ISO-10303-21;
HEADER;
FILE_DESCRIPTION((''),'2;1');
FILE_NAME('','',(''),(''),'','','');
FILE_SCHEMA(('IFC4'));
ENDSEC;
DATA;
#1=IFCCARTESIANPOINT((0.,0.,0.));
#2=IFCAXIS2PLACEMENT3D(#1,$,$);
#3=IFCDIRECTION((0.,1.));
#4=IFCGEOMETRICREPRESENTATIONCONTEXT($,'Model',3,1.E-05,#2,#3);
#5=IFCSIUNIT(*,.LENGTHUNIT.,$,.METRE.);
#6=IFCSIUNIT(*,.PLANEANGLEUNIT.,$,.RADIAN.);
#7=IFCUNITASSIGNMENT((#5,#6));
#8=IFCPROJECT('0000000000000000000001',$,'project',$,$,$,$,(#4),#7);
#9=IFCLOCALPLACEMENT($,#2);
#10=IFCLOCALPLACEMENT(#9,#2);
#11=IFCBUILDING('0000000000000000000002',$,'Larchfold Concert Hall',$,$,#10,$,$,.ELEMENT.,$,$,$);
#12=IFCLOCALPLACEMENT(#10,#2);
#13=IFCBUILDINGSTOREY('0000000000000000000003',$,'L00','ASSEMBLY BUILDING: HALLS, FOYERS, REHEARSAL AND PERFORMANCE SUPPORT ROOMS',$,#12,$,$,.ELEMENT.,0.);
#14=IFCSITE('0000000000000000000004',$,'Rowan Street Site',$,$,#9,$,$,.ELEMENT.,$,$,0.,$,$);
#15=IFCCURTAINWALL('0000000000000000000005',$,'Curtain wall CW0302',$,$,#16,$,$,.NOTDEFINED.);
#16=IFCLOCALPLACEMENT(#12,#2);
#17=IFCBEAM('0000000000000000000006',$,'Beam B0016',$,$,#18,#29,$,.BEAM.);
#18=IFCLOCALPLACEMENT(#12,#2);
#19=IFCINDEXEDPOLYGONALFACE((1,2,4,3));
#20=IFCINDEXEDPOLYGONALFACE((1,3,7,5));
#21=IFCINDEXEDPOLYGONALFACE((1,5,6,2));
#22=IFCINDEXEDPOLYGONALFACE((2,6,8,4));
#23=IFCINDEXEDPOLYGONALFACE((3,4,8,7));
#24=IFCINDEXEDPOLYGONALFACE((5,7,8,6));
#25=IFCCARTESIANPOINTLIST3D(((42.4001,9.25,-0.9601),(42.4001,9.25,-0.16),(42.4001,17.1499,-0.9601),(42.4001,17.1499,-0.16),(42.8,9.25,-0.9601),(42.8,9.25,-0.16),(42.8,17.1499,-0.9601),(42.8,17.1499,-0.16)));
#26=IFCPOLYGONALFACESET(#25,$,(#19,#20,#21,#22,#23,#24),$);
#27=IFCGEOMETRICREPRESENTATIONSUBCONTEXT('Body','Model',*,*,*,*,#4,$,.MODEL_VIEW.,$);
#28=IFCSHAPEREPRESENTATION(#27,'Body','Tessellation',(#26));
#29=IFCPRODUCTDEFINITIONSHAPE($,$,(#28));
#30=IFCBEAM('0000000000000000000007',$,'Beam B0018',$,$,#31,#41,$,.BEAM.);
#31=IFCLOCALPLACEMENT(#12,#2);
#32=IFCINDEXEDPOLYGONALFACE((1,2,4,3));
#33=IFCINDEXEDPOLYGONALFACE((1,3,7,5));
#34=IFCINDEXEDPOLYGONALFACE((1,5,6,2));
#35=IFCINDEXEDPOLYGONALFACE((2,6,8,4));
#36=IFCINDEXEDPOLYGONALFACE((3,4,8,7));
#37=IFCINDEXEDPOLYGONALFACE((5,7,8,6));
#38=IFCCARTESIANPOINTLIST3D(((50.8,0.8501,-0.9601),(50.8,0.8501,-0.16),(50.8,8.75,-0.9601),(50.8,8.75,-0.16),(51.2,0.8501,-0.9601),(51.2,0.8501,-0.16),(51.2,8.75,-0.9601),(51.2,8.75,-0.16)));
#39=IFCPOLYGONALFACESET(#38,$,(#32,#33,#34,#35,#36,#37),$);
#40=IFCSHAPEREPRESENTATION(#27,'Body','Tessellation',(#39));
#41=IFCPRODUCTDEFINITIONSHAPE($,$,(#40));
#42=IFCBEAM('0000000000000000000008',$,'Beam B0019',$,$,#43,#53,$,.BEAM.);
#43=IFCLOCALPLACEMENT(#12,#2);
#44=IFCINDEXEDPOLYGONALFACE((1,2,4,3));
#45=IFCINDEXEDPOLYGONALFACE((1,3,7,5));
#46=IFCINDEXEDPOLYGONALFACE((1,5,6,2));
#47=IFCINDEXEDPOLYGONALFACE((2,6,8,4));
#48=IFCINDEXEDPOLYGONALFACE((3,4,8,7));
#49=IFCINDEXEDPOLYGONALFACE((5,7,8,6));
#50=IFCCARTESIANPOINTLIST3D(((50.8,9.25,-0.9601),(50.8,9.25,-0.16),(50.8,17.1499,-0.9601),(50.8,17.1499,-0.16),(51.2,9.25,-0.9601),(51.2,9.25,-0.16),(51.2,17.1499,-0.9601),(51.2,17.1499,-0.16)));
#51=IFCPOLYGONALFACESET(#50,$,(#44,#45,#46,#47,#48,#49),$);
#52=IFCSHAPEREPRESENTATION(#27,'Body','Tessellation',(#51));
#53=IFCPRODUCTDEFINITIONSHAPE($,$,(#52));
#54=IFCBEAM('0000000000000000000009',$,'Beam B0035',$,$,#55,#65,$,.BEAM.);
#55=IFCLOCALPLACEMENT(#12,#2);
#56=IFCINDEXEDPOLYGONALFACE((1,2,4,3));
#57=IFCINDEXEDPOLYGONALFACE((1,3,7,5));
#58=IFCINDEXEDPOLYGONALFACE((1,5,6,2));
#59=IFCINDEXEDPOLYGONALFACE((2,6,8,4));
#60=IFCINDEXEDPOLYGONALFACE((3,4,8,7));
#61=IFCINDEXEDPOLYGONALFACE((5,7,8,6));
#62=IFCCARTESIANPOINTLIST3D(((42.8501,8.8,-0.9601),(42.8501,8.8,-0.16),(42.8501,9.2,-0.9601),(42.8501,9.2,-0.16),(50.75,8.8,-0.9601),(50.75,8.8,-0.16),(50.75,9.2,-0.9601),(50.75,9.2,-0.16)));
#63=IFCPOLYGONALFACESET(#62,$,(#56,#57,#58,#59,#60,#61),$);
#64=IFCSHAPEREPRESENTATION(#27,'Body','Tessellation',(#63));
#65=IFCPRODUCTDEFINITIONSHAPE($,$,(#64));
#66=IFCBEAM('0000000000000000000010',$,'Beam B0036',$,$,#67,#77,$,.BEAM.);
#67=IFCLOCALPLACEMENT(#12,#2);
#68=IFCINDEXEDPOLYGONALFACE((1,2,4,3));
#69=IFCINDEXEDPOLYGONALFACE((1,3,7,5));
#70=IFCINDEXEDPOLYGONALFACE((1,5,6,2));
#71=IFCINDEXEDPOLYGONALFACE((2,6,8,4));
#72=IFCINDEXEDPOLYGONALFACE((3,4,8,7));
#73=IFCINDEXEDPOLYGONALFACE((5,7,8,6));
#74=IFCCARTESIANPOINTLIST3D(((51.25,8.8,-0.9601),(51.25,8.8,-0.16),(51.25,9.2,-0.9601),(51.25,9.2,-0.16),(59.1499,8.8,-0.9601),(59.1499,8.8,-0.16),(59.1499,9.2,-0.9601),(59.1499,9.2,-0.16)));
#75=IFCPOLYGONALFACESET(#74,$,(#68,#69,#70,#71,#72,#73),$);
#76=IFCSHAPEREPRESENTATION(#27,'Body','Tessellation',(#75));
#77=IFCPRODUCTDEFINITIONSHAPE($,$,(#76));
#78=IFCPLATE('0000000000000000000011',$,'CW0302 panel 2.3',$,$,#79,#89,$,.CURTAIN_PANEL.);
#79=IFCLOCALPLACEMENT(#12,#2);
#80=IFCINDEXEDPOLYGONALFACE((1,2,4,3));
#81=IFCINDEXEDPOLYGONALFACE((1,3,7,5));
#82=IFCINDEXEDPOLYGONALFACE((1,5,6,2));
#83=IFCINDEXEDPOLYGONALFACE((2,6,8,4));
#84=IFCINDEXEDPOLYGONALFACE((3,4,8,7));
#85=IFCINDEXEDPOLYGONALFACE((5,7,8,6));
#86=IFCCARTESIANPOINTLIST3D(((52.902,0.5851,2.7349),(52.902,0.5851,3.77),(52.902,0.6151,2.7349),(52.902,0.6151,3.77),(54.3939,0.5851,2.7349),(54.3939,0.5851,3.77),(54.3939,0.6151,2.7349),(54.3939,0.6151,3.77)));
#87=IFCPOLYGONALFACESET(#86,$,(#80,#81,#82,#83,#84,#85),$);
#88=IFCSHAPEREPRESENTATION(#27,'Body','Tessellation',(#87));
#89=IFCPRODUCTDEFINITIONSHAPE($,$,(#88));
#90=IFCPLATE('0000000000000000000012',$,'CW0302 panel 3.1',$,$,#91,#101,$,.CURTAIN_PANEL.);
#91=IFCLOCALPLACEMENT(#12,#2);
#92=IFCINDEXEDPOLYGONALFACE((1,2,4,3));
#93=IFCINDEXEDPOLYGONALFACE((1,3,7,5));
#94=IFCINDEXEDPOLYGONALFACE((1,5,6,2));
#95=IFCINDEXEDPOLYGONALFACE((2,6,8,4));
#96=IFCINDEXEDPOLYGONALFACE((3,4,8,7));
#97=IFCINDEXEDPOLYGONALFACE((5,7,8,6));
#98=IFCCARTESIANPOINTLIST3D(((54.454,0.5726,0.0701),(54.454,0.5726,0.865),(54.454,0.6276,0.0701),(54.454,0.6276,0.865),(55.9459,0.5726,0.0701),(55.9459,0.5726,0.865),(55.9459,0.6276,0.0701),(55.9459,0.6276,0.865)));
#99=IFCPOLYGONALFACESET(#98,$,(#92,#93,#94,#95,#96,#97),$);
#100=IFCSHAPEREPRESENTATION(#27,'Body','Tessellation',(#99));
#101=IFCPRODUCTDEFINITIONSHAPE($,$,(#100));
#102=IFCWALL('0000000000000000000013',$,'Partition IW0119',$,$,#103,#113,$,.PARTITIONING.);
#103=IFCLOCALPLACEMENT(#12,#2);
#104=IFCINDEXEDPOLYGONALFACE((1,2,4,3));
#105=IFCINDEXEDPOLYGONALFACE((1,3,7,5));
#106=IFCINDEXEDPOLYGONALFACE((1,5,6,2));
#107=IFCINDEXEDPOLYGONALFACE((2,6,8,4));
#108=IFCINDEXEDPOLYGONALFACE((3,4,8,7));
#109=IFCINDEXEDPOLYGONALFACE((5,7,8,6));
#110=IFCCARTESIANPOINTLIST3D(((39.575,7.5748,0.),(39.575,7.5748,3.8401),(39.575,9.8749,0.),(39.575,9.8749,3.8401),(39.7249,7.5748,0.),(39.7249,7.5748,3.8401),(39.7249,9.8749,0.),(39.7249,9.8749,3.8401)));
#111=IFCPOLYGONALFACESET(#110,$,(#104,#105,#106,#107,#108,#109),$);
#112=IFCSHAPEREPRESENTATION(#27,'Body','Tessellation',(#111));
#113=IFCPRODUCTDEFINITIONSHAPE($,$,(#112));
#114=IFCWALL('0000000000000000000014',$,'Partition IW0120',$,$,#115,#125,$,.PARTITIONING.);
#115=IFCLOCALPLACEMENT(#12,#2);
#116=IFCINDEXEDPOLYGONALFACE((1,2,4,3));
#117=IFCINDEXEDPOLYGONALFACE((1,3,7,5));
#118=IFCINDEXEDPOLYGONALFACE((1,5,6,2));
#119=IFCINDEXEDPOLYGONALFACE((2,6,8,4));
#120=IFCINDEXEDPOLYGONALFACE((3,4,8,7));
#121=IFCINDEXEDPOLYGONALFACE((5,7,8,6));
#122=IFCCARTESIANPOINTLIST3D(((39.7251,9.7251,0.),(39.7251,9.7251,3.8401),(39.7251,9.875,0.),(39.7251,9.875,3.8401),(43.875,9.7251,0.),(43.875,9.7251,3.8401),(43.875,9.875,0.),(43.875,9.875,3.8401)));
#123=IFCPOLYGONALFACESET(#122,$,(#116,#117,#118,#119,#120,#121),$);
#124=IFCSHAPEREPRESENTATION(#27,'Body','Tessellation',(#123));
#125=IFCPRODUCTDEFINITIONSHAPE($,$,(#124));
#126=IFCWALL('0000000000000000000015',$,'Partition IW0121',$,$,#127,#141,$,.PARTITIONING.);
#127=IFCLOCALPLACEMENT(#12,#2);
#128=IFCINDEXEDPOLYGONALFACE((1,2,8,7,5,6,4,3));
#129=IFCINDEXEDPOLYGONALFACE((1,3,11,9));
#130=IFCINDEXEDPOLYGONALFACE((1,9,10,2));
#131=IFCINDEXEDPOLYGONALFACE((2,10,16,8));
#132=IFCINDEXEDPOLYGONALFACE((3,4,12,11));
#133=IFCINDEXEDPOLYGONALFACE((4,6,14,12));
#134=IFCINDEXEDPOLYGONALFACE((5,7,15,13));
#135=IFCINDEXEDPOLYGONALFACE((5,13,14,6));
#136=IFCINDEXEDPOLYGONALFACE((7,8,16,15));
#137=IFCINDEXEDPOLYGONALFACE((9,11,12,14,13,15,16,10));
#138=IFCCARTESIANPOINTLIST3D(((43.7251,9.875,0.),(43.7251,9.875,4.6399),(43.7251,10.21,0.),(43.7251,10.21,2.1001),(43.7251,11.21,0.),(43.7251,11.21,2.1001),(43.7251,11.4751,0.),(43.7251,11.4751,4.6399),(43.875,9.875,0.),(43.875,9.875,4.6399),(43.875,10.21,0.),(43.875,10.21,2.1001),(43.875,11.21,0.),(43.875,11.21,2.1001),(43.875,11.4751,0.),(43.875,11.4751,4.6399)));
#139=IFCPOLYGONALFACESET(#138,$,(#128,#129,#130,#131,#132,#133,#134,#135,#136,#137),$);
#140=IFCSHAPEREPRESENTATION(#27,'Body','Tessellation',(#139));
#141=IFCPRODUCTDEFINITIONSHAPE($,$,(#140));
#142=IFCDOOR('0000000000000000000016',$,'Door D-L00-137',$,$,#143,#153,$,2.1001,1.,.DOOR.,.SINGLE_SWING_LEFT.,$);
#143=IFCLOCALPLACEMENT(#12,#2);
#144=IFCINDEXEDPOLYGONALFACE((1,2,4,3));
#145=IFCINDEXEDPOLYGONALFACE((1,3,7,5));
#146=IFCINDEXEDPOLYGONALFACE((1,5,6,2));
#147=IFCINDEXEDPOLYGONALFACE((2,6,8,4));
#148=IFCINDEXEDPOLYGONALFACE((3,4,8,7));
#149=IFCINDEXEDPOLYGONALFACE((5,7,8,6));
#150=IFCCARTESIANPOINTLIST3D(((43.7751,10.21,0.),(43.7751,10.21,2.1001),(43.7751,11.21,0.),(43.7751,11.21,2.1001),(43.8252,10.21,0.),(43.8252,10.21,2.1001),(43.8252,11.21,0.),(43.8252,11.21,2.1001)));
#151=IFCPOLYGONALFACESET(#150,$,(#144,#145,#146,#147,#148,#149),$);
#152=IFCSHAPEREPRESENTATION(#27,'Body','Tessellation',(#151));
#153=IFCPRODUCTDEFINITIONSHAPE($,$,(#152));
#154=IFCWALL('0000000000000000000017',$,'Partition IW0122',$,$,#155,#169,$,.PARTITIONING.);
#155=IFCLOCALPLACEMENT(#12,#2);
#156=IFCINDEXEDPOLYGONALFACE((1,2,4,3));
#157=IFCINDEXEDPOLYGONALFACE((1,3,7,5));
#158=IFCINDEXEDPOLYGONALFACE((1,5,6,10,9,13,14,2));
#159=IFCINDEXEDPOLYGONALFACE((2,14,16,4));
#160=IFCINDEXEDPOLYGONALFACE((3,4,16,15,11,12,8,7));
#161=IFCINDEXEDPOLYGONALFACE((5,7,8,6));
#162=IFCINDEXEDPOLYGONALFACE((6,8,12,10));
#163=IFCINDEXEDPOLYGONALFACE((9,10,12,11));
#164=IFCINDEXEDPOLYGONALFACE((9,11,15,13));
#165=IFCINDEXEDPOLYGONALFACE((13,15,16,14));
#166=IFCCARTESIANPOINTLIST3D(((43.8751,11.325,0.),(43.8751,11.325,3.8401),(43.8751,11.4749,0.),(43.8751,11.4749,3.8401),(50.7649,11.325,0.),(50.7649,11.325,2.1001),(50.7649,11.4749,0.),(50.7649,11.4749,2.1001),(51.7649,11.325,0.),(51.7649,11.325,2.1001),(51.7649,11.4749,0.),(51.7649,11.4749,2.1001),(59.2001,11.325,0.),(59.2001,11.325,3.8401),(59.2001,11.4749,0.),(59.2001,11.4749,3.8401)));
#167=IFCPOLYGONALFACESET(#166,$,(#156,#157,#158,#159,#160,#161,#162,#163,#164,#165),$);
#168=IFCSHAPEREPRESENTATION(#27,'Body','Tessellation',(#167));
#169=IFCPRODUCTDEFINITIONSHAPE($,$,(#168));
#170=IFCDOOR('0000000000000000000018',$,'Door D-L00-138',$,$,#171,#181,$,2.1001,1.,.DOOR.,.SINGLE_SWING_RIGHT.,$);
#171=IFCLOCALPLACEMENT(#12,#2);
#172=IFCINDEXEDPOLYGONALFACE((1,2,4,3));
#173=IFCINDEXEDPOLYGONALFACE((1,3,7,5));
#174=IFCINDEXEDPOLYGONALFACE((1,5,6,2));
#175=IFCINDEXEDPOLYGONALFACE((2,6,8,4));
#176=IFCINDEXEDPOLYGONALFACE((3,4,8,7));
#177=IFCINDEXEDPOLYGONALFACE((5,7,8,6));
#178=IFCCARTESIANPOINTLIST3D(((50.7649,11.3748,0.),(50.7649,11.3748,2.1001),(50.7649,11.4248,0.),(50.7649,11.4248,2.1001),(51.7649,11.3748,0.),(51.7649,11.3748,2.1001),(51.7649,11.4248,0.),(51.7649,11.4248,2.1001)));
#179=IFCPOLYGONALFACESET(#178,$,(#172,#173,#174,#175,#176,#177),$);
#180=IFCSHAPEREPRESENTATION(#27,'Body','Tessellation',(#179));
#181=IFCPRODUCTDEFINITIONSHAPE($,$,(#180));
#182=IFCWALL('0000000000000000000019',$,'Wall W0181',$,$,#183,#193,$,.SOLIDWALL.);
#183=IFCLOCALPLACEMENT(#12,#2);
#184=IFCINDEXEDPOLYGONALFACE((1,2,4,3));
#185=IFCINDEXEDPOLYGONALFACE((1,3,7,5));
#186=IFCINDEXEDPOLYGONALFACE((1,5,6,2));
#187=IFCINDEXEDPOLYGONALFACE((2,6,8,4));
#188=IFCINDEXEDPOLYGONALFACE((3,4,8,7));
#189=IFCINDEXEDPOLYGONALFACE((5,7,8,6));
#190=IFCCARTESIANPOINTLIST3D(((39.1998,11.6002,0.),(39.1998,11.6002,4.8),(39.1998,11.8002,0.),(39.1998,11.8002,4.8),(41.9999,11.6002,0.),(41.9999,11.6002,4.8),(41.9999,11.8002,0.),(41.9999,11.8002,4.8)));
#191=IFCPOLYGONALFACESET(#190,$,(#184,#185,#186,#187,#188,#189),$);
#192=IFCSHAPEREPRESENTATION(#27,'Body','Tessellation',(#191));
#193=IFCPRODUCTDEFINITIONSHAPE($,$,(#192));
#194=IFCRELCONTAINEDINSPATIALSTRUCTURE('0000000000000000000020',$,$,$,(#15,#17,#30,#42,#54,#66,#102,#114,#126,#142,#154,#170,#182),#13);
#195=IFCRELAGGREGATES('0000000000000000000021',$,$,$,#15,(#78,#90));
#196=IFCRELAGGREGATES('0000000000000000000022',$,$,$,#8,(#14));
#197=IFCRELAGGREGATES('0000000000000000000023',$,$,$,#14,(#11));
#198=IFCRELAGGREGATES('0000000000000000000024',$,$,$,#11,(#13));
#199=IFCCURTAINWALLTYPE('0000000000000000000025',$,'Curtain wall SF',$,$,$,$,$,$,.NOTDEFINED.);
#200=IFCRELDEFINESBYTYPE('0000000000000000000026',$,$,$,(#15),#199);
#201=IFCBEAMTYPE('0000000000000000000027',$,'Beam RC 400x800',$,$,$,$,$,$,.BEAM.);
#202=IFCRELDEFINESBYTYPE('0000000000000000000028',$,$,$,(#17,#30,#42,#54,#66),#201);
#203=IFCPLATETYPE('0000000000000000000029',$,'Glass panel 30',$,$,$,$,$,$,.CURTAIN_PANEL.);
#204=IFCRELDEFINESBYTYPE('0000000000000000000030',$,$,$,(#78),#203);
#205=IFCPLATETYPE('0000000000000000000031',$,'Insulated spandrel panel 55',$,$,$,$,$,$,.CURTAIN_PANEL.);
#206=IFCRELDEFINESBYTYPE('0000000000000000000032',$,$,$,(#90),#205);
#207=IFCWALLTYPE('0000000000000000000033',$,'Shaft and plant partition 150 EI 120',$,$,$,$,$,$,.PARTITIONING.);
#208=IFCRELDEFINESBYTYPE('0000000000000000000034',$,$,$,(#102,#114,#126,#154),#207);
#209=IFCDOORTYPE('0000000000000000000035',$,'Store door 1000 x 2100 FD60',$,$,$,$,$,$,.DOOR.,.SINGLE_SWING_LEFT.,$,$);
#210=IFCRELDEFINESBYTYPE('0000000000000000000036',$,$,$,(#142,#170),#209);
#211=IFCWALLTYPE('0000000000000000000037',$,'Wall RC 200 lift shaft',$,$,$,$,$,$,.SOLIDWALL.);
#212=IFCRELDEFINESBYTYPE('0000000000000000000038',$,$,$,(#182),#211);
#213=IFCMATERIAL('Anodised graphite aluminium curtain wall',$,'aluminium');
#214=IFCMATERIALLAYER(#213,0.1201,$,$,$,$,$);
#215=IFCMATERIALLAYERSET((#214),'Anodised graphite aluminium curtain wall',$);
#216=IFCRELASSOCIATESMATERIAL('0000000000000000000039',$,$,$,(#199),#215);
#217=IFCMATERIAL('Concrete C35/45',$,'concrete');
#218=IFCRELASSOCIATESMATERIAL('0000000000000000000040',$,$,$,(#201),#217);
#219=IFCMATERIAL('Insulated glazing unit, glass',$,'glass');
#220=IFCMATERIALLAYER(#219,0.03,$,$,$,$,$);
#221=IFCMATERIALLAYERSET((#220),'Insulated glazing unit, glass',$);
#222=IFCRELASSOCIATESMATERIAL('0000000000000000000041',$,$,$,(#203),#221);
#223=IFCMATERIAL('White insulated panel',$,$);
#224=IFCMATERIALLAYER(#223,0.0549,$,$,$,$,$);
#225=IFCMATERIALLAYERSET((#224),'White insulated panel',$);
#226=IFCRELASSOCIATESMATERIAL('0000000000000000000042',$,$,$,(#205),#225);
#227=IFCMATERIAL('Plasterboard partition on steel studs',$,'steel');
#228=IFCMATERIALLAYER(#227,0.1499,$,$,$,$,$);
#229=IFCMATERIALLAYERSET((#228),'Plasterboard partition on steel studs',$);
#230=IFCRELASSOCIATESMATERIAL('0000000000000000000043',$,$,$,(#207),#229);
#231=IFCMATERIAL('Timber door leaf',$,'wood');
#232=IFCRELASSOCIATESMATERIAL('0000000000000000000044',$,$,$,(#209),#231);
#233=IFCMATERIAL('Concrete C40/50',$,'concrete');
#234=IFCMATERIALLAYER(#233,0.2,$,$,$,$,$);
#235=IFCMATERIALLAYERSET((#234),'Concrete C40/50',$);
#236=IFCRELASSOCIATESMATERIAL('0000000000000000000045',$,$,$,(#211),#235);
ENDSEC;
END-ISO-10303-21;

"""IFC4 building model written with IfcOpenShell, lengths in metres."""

from ifc_helpers import new_model, si_unit, direction, frame, frame_2d, origin, origin_2d, place, context, subcontext, project, spatial, rectangle, extrude, material, layer, layer_set, material_profile, profile_set, type_object, element, fill, aggregate, save


model = new_model("IFC4")

# Units and contexts
model_context = context("Model", 3, precision=1e-05, world=origin(), true_north=direction((0.0, 1.0)))
body_context = subcontext(model_context, "Body", "Model", "MODEL_VIEW")
ifc_project = project(units=[si_unit("LENGTHUNIT", "METRE"), si_unit("PLANEANGLEUNIT", "RADIAN")], contexts=[model_context])

# Site, building, storey
site_placement = place(None, origin())
site = spatial("IfcSite", under=ifc_project, at=site_placement, Name="Rowan Street Site", CompositionType="ELEMENT", RefElevation=0.0)
building_placement = place(site_placement, origin())
building = spatial("IfcBuilding", under=site, at=building_placement, Name="Larchfold Concert Hall", CompositionType="ELEMENT")
storey_placement = place(building_placement, origin())
storey = spatial("IfcBuildingStorey", under=building, at=storey_placement, Name="L00", Description="ASSEMBLY BUILDING: HALLS, FOYERS, REHEARSAL AND PERFORMANCE SUPPORT ROOMS", CompositionType="ELEMENT", Elevation=0.0)

# Curtain wall
ifc_material_1 = material(Name="Anodised graphite aluminium curtain wall", Category="aluminium")
ifc_layer_1 = layer(ifc_material_1, 0.1201)
ifc_layer_set_1 = layer_set([ifc_layer_1], Name="Anodised graphite aluminium curtain wall")
curtain_wall_type = type_object("IfcCurtainWallType", Name="Curtain wall SF", PredefinedType="NOTDEFINED", material=ifc_layer_set_1)
curtain_wall_placement = place(storey_placement, origin())
curtain_wall = element("IfcCurtainWall", 1, at=curtain_wall_placement, inside=storey, type_object=curtain_wall_type, Name="Curtain wall CW0302", PredefinedType="NOTDEFINED")

# Beams
ifc_material_2 = material(Name="Concrete C35/45", Category="concrete")
ifc_material_profile_1 = material_profile(ifc_material_2, rectangle(XDim=0.3999, YDim=0.8, at=origin_2d()))
ifc_profile_set_1 = profile_set([ifc_material_profile_1], Name="Concrete C35/45")
beam_type_1 = type_object("IfcBeamType", Name="Beam RC 400x800", PredefinedType="BEAM", material=ifc_profile_set_1)
for number, where, z_axis, x_axis, name in (
    (2, (42.6001, 9.25, -0.5601), (0.0, 1.0, 0.0), (-1.0, 0.0, 0.0), "Beam B0016"),
    (3, (51.0, 0.8501, -0.5601), (0.0, 1.0, 0.0), (-1.0, 0.0, 0.0), "Beam B0018"),
    (4, (51.0, 9.25, -0.5601), (0.0, 1.0, 0.0), (-1.0, 0.0, 0.0), "Beam B0019"),
    (5, (42.8501, 9.0, -0.5601), (1.0, 0.0, 0.0), (0.0, 1.0, 0.0), "Beam B0035"),
    (6, (51.25, 9.0, -0.5601), (1.0, 0.0, 0.0), (0.0, 1.0, 0.0), "Beam B0036"),
):
    element("IfcBeam", number, at=place(storey_placement, frame(where, z_axis=z_axis, x_axis=x_axis)), inside=storey, type_object=beam_type_1, Name=name, PredefinedType="BEAM", context=body_context, shape_type="SweptSolid", body=[
        extrude(rectangle(XDim=0.3999, YDim=0.8, at=origin_2d()), origin(), (0.0, 0.0, 1.0), 7.8999),
    ])

# Plates
ifc_material_3 = material(Name="Insulated glazing unit, glass", Category="glass")
ifc_layer_2 = layer(ifc_material_3, 0.03)
ifc_layer_set_2 = layer_set([ifc_layer_2], Name="Insulated glazing unit, glass")
plate_type_1 = type_object("IfcPlateType", Name="Glass panel 30", PredefinedType="CURTAIN_PANEL", material=ifc_layer_set_2)
plate_1_placement = place(storey_placement, frame((53.6479, 0.6001, 2.7349), z_axis=(0.0, 0.0, 1.0), x_axis=(1.0, 0.0, 0.0)))
plate_1 = element("IfcPlate", 7, at=plate_1_placement, type_object=plate_type_1, Name="CW0302 panel 2.3", PredefinedType="CURTAIN_PANEL", context=body_context, shape_type="SweptSolid", body=[
    extrude(rectangle(XDim=1.4919, YDim=0.03, at=origin_2d()), origin(), (0.0, 0.0, 1.0), 1.0352),
])
ifc_material_4 = material(Name="White insulated panel")
ifc_layer_3 = layer(ifc_material_4, 0.0549)
ifc_layer_set_3 = layer_set([ifc_layer_3], Name="White insulated panel")
plate_type_2 = type_object("IfcPlateType", Name="Insulated spandrel panel 55", PredefinedType="CURTAIN_PANEL", material=ifc_layer_set_3)
plate_2_placement = place(storey_placement, frame((55.2, 0.6001, 0.0701), z_axis=(0.0, 0.0, 1.0), x_axis=(1.0, 0.0, 0.0)))
plate_2 = element("IfcPlate", 8, at=plate_2_placement, type_object=plate_type_2, Name="CW0302 panel 3.1", PredefinedType="CURTAIN_PANEL", context=body_context, shape_type="SweptSolid", body=[
    extrude(rectangle(XDim=1.4919, YDim=0.0549, at=origin_2d()), origin(), (0.0, 0.0, 1.0), 0.7949),
])
aggregate(curtain_wall, [plate_1, plate_2])

# Walls
ifc_material_5 = material(Name="Plasterboard partition on steel studs", Category="steel")
ifc_layer_4 = layer(ifc_material_5, 0.1499)
ifc_layer_set_4 = layer_set([ifc_layer_4], Name="Plasterboard partition on steel studs")
wall_type_1 = type_object("IfcWallType", Name="Shaft and plant partition 150 EI 120", PredefinedType="PARTITIONING", material=ifc_layer_set_4)
wall_1_placement = place(storey_placement, frame((39.6499, 7.575, 0.0), z_axis=(0.0, 0.0, 1.0), x_axis=(0.0, 1.0, 0.0)))
element("IfcWall", 9, at=wall_1_placement, inside=storey, type_object=wall_type_1, Name="Partition IW0119", PredefinedType="PARTITIONING", context=body_context, shape_type="SweptSolid", body=[
    extrude(rectangle(XDim=2.3, YDim=0.1499, at=frame_2d((1.1499, 0.0))), origin(), (0.0, 0.0, 1.0), 3.8401),
])
wall_2_placement = place(storey_placement, frame((39.7251, 9.8, 0.0), z_axis=(0.0, 0.0, 1.0), x_axis=(1.0, 0.0, 0.0)))
element("IfcWall", 10, at=wall_2_placement, inside=storey, type_object=wall_type_1, Name="Partition IW0120", PredefinedType="PARTITIONING", context=body_context, shape_type="SweptSolid", body=[
    extrude(rectangle(XDim=4.1499, YDim=0.1499, at=frame_2d((2.075, 0.0))), origin(), (0.0, 0.0, 1.0), 3.8401),
])

# Walls, openings, doors
wall_3_placement = place(storey_placement, frame((43.8, 9.875, 0.0), z_axis=(0.0, 0.0, 1.0), x_axis=(0.0, 1.0, 0.0)))
wall_3 = element("IfcWall", 11, at=wall_3_placement, inside=storey, type_object=wall_type_1, Name="Partition IW0121", PredefinedType="PARTITIONING", context=body_context, shape_type="SweptSolid", body=[
    extrude(rectangle(XDim=1.6001, YDim=0.1499, at=frame_2d((0.8, 0.0))), origin(), (0.0, 0.0, 1.0), 4.6399),
])
opening_1_placement = place(wall_3_placement, frame((0.335, 0.0, 0.0)))
opening_1 = element("IfcOpeningElement", 12, at=opening_1_placement, cuts=wall_3, PredefinedType="OPENING", context=body_context, shape_type="SweptSolid", body=[
    extrude(rectangle(XDim=1.0, YDim=2.1001, at=frame_2d((0.5, 1.05))), frame((0.0, 0.085, 0.0), z_axis=(0.0, -1.0, 0.0), x_axis=(1.0, 0.0, 0.0)), (0.0, 0.0, 1.0), 0.1699),
])
ifc_material_6 = material(Name="Timber door leaf", Category="wood")
door_type_1 = type_object("IfcDoorType", Name="Store door 1000 x 2100 FD60", OperationType="SINGLE_SWING_LEFT", PredefinedType="DOOR", material=ifc_material_6)
door_1_placement = place(opening_1_placement, origin())
door_1 = element("IfcDoor", 13, at=door_1_placement, inside=storey, type_object=door_type_1, Name="Door D-L00-137", OperationType="SINGLE_SWING_LEFT", OverallHeight=2.1001, OverallWidth=1.0, PredefinedType="DOOR", context=body_context, shape_type="SweptSolid", body=[
    extrude(rectangle(XDim=1.0, YDim=2.1001, at=frame_2d((0.5, 1.05))), frame((0.0, 0.0249, 0.0), z_axis=(0.0, -1.0, 0.0), x_axis=(1.0, 0.0, 0.0)), (0.0, 0.0, 1.0), 0.05),
])
fill(opening_1, door_1)
wall_4_placement = place(storey_placement, frame((43.875, 11.3999, 0.0), z_axis=(0.0, 0.0, 1.0), x_axis=(1.0, 0.0, 0.0)))
wall_4 = element("IfcWall", 14, at=wall_4_placement, inside=storey, type_object=wall_type_1, Name="Partition IW0122", PredefinedType="PARTITIONING", context=body_context, shape_type="SweptSolid", body=[
    extrude(rectangle(XDim=15.325, YDim=0.1499, at=frame_2d((7.6626, 0.0))), origin(), (0.0, 0.0, 1.0), 3.8401),
])
opening_2_placement = place(wall_4_placement, frame((6.8899, 0.0, 0.0)))
opening_2 = element("IfcOpeningElement", 15, at=opening_2_placement, cuts=wall_4, PredefinedType="OPENING", context=body_context, shape_type="SweptSolid", body=[
    extrude(rectangle(XDim=1.0, YDim=2.1001, at=frame_2d((0.5, 1.05))), frame((0.0, 0.085, 0.0), z_axis=(0.0, -1.0, 0.0), x_axis=(1.0, 0.0, 0.0)), (0.0, 0.0, 1.0), 0.1699),
])
door_2_placement = place(opening_2_placement, origin())
door_2 = element("IfcDoor", 16, at=door_2_placement, inside=storey, type_object=door_type_1, Name="Door D-L00-138", OperationType="SINGLE_SWING_RIGHT", OverallHeight=2.1001, OverallWidth=1.0, PredefinedType="DOOR", context=body_context, shape_type="SweptSolid", body=[
    extrude(rectangle(XDim=1.0, YDim=2.1001, at=frame_2d((0.5, 1.05))), frame((0.0, 0.0249, 0.0), z_axis=(0.0, -1.0, 0.0), x_axis=(1.0, 0.0, 0.0)), (0.0, 0.0, 1.0), 0.05),
])
fill(opening_2, door_2)

# Wall
ifc_material_7 = material(Name="Concrete C40/50", Category="concrete")
ifc_layer_5 = layer(ifc_material_7, 0.2)
ifc_layer_set_5 = layer_set([ifc_layer_5], Name="Concrete C40/50")
wall_type_2 = type_object("IfcWallType", Name="Wall RC 200 lift shaft", PredefinedType="SOLIDWALL", material=ifc_layer_set_5)
wall_5_placement = place(storey_placement, frame((39.2, 11.7002, 0.0), z_axis=(0.0, 0.0, 1.0), x_axis=(1.0, 0.0, 0.0)))
element("IfcWall", 17, at=wall_5_placement, inside=storey, type_object=wall_type_2, Name="Wall W0181", PredefinedType="SOLIDWALL", context=body_context, shape_type="SweptSolid", body=[
    extrude(rectangle(XDim=2.8, YDim=0.2, at=frame_2d((1.3999, 0.0))), origin(), (0.0, 0.0, 1.0), 4.8),
])

save(model, "model.ifc")
